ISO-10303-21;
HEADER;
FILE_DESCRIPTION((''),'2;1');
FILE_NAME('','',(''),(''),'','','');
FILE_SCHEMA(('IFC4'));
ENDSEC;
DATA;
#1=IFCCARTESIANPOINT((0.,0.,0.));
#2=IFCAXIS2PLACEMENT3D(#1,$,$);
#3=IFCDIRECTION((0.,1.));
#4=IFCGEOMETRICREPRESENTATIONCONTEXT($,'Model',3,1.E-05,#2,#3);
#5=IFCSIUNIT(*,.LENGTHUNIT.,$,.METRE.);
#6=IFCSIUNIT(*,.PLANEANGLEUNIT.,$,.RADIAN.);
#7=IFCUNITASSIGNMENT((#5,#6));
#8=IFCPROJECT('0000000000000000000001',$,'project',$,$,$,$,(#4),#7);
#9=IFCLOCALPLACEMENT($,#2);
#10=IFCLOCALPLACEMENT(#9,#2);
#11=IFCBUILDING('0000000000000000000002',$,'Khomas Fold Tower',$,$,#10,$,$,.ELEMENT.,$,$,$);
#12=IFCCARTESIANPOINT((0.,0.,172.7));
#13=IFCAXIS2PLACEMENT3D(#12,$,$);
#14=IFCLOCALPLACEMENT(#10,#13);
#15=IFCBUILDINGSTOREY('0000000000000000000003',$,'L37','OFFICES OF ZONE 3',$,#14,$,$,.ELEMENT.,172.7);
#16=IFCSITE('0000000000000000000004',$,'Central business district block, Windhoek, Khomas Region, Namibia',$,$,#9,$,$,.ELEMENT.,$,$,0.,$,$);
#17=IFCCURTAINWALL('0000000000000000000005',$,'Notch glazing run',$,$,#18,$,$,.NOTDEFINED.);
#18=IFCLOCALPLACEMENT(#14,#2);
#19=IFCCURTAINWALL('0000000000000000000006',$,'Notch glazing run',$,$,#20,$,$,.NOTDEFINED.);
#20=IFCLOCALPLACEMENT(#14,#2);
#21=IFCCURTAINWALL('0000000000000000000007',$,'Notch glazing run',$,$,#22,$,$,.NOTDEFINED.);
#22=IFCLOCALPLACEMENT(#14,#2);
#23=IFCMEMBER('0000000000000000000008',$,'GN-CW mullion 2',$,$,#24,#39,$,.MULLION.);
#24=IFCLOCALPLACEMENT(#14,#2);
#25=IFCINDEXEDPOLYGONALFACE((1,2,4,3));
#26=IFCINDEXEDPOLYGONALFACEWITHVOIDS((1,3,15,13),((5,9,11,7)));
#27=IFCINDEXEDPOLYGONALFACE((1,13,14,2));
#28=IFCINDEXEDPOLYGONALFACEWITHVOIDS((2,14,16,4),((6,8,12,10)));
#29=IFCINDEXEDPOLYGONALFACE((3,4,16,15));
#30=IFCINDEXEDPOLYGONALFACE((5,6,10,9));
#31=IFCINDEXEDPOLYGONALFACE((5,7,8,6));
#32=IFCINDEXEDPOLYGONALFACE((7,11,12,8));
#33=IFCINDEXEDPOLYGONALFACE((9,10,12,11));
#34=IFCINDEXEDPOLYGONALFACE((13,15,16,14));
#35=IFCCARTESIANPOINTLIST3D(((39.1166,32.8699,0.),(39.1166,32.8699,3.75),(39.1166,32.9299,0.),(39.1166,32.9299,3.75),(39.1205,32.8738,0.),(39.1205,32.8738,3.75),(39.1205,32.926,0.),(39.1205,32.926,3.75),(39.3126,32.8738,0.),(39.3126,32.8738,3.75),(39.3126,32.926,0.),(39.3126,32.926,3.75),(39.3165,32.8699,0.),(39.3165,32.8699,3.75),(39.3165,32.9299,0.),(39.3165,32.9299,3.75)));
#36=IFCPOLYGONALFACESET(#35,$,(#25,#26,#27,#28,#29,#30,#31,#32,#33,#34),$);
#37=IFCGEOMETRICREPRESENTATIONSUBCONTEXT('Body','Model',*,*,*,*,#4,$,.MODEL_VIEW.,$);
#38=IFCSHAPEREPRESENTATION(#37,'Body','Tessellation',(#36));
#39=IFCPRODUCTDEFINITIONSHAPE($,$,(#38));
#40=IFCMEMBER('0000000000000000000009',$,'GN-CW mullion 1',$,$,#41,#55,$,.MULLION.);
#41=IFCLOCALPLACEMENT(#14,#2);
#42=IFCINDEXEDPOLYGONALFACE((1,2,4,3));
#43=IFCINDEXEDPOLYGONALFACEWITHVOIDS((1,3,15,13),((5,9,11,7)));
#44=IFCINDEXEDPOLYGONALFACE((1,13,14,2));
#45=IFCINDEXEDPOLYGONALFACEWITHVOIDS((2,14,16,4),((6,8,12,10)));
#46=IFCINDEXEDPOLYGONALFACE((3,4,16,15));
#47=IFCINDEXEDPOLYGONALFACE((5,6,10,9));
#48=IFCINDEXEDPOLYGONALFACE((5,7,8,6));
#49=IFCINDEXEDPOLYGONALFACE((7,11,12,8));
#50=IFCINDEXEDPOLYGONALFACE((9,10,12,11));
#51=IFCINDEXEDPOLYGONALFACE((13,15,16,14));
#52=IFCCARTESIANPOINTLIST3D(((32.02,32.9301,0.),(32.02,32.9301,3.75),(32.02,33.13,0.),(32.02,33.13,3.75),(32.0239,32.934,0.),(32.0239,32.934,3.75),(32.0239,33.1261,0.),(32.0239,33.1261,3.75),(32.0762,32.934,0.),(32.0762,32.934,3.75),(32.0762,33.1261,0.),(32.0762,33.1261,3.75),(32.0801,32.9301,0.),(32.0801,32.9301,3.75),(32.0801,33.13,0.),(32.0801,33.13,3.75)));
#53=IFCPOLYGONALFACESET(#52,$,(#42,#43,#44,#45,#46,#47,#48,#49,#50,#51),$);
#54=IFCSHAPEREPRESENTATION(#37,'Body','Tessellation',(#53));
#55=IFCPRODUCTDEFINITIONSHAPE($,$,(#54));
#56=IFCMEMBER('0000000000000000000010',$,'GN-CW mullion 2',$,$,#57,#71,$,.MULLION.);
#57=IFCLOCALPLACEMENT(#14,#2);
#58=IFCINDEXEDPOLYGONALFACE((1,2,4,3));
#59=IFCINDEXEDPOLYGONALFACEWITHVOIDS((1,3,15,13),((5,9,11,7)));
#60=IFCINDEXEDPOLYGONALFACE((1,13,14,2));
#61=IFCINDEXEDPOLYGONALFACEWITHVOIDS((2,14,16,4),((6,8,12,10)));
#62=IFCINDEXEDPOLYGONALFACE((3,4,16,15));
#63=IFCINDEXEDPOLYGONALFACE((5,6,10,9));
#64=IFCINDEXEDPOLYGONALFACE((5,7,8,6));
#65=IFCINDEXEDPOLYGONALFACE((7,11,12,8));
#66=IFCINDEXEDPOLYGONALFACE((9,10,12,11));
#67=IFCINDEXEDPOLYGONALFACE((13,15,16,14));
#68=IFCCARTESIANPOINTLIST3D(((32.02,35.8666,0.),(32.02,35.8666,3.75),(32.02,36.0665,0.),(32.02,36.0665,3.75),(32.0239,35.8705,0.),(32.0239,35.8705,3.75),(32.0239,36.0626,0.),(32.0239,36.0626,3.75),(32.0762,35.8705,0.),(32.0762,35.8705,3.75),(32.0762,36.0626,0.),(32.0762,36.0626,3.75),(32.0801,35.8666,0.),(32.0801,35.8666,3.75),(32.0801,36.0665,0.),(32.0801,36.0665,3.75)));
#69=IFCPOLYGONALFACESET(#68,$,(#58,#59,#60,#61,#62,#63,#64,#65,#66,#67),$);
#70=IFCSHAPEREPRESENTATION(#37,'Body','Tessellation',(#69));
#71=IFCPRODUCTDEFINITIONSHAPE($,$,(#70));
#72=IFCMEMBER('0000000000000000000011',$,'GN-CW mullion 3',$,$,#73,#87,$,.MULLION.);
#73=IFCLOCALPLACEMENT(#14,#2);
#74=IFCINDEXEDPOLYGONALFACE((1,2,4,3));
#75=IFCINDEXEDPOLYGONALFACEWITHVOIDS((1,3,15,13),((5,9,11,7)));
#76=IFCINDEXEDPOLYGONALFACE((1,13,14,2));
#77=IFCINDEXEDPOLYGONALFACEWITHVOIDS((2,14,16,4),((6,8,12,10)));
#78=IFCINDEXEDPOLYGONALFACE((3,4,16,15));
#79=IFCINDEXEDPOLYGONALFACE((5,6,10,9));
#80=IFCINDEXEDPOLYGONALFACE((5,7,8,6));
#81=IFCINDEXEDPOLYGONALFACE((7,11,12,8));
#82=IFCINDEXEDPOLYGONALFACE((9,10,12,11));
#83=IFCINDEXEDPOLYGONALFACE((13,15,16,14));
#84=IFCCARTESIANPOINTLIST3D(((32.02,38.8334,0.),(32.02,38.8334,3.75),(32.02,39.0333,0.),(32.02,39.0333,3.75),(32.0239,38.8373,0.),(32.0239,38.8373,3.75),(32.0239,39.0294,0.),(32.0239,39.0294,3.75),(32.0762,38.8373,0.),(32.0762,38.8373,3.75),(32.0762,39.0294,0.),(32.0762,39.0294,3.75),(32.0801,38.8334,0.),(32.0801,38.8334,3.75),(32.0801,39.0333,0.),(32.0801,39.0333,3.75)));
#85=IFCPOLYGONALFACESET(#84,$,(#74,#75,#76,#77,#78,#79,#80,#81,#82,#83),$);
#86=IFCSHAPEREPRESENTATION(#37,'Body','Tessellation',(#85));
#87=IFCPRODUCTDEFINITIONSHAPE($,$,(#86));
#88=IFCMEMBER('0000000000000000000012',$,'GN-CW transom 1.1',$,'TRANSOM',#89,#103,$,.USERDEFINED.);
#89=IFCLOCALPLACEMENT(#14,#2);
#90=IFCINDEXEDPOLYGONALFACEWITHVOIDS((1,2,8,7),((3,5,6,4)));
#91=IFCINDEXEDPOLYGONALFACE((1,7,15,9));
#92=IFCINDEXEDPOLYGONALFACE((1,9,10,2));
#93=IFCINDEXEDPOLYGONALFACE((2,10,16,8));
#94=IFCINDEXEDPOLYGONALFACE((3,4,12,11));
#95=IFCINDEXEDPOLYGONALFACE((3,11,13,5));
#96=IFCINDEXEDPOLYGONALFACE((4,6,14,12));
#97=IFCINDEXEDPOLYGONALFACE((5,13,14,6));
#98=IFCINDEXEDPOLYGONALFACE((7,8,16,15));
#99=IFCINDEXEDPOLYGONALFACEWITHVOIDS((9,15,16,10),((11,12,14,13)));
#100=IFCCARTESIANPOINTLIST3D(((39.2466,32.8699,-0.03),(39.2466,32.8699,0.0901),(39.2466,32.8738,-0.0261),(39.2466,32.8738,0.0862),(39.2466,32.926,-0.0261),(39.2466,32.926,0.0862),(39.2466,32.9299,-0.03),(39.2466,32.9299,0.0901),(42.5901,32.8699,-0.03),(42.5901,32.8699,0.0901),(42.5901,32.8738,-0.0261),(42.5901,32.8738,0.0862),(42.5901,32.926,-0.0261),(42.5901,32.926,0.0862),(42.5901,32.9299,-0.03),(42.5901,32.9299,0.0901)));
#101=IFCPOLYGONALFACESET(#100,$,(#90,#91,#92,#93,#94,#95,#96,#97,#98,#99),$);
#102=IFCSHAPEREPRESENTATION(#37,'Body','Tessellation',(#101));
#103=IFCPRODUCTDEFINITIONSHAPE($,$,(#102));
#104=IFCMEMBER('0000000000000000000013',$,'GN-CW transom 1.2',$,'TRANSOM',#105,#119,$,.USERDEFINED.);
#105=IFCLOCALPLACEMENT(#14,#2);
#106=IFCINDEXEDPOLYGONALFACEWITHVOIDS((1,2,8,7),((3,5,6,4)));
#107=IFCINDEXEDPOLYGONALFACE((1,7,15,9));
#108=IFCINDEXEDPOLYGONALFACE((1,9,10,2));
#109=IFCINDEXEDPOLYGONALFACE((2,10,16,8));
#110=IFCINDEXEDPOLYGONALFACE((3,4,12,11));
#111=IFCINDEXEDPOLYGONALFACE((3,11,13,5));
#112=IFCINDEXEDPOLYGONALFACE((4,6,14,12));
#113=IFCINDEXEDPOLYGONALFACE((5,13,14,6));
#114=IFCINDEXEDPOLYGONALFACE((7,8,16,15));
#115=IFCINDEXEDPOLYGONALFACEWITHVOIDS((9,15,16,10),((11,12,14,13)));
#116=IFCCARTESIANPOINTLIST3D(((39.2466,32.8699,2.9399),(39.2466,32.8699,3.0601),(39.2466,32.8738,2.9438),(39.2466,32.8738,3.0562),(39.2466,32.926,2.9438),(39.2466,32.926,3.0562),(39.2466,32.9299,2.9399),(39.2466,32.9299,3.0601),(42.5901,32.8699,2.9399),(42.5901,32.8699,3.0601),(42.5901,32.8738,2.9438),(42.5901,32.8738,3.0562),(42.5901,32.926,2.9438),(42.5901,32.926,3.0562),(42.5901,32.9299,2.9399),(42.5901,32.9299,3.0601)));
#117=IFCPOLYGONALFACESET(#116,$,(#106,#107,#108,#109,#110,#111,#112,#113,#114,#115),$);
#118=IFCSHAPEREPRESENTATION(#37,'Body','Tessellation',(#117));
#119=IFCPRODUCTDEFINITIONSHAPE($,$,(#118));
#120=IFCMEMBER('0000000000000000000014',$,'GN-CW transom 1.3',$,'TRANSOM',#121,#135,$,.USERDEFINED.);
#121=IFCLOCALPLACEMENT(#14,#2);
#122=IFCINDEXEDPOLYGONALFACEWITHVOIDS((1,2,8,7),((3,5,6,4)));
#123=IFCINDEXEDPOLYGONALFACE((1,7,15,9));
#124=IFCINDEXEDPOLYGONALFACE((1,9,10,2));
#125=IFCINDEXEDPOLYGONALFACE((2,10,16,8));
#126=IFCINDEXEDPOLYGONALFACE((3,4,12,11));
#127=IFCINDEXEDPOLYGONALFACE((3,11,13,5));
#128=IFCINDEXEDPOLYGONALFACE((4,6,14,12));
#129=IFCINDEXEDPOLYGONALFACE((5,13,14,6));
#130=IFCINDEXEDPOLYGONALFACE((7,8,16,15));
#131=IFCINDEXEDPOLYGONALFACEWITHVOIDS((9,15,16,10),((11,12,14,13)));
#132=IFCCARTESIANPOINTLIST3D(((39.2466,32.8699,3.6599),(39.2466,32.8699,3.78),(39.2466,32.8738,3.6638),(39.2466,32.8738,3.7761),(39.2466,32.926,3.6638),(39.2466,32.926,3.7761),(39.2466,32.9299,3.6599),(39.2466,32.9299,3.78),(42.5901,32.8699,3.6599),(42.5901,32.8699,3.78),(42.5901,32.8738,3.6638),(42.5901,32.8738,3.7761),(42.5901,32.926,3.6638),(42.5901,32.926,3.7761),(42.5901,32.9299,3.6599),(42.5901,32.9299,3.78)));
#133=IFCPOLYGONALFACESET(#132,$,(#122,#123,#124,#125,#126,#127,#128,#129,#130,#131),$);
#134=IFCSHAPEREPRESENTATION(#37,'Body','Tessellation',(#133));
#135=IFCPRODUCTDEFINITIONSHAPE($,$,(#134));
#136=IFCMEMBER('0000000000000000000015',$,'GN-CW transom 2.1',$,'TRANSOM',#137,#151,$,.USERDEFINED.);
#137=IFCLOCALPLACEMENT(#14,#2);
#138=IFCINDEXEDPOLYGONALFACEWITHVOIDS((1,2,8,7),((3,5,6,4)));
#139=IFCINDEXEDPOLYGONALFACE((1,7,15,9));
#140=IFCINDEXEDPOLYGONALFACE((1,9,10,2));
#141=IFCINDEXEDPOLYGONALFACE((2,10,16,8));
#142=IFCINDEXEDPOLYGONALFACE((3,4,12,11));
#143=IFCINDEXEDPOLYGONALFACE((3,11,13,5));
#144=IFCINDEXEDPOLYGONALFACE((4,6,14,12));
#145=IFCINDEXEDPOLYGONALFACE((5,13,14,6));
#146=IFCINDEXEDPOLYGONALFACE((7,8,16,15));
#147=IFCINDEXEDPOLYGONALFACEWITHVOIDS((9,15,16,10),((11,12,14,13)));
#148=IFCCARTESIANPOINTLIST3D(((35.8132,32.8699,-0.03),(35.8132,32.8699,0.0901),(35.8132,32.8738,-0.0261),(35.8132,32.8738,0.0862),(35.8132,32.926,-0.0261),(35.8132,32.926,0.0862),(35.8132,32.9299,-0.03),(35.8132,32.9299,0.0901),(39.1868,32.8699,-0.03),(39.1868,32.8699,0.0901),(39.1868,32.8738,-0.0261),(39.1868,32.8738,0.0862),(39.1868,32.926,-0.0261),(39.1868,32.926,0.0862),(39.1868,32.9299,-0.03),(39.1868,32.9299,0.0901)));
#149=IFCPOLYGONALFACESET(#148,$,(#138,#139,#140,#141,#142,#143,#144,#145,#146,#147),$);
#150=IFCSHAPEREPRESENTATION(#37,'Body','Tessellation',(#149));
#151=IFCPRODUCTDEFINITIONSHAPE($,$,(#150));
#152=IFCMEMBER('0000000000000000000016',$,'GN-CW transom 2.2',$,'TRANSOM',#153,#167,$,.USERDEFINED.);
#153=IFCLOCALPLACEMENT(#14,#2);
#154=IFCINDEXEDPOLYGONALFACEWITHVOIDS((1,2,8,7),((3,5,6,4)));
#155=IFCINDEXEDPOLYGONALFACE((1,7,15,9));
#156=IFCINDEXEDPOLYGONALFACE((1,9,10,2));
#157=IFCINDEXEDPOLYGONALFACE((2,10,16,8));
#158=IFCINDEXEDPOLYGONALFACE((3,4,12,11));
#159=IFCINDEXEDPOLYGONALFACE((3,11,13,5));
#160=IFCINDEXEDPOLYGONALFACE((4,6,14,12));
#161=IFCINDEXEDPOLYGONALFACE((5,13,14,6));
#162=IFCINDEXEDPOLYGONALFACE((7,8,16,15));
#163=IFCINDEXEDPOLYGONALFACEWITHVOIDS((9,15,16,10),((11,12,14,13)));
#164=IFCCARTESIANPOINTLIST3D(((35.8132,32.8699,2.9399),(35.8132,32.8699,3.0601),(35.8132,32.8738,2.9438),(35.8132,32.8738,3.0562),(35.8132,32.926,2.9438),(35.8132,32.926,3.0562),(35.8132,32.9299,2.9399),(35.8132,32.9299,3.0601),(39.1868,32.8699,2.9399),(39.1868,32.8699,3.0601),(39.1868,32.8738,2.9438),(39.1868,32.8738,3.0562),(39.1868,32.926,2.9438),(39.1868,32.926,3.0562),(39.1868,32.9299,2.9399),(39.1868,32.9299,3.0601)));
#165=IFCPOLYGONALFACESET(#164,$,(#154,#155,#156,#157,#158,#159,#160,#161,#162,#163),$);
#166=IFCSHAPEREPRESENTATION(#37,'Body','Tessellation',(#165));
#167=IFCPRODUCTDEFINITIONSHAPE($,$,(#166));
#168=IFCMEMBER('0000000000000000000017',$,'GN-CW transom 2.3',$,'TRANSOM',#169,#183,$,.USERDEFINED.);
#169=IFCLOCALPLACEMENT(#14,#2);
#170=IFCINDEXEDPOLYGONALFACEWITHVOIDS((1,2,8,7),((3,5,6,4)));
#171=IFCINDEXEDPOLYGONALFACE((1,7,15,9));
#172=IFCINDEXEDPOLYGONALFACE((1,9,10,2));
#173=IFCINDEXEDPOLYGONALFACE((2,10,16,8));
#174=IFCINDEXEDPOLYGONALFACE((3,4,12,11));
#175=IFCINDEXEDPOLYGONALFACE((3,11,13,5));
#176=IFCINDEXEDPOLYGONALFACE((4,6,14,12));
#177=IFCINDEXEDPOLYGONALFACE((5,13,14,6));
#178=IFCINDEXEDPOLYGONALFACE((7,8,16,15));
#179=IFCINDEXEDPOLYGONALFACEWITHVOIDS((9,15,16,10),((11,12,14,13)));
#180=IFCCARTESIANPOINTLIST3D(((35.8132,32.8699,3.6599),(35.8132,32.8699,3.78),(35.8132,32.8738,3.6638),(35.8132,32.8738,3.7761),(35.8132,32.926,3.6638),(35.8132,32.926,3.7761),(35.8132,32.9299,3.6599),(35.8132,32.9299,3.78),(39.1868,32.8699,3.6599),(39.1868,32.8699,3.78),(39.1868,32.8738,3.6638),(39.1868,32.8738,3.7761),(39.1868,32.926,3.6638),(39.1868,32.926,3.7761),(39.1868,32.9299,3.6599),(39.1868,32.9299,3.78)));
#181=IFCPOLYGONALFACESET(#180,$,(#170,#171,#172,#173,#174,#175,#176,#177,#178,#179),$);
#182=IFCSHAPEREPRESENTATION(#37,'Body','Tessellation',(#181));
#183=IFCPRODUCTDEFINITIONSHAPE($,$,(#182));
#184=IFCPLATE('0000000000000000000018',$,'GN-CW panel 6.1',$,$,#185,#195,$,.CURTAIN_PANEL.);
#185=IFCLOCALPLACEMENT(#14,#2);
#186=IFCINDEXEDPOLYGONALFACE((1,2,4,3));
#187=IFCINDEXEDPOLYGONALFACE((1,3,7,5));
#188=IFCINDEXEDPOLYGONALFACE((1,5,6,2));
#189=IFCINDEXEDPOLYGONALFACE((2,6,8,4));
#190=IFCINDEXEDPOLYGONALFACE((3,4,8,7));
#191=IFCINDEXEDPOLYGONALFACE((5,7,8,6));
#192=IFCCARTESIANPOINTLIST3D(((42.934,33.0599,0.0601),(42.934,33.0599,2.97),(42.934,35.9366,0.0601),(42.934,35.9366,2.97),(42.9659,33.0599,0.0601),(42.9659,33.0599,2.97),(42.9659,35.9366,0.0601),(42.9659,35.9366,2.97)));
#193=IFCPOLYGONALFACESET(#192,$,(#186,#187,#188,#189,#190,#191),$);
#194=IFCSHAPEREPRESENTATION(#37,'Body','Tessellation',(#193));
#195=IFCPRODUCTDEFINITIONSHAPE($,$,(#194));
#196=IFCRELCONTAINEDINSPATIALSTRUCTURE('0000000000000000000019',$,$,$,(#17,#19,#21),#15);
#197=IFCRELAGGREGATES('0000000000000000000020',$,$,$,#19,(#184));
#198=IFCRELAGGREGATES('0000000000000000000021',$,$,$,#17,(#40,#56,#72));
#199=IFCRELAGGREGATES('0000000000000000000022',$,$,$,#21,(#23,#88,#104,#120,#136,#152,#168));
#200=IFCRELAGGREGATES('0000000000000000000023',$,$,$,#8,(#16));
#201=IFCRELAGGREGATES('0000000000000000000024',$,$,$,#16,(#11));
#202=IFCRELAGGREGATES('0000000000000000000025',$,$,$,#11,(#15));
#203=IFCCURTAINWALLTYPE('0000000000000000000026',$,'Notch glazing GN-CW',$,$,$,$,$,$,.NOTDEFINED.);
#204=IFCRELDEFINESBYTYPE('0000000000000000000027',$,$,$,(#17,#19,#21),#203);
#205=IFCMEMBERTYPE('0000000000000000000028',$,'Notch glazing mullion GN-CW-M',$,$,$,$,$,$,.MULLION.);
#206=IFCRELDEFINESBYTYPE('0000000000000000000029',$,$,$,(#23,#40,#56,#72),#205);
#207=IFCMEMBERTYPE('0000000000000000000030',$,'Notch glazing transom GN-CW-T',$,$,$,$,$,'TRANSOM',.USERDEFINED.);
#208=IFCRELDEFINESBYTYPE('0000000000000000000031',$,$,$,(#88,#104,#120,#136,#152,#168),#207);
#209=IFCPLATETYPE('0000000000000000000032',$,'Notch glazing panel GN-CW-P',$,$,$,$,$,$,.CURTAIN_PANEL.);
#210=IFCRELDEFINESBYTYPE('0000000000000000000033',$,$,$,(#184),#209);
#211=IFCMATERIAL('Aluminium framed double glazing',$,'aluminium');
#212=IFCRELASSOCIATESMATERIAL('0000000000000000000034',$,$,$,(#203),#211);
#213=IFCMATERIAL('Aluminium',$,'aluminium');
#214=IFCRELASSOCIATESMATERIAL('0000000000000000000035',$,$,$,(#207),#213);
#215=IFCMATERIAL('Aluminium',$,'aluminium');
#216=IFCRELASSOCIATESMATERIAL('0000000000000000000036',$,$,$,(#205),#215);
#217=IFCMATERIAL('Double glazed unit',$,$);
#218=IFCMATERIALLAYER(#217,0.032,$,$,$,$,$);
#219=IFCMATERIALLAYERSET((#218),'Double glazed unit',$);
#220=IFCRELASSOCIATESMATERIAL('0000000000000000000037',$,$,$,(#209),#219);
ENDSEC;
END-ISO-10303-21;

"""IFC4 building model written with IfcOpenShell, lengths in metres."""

from ifc_helpers import new_model, si_unit, direction, frame, origin, origin_2d, place, context, subcontext, project, spatial, rectangle, hollow_rectangle, extrude, source, transform, mapped, material, layer, layer_set, material_profile, profile_set, type_object, element, aggregate, save


model = new_model("IFC4")

# Units and contexts
model_context = context("Model", 3, precision=1e-05, world=origin(), true_north=direction((0.0, 1.0)))
body_context = subcontext(model_context, "Body", "Model", "MODEL_VIEW")
ifc_project = project(units=[si_unit("LENGTHUNIT", "METRE"), si_unit("PLANEANGLEUNIT", "RADIAN")], contexts=[model_context])

# Site, building, storey
site_placement = place(None, origin())
site = spatial("IfcSite", under=ifc_project, at=site_placement, Name="Central business district block, Windhoek, Khomas Region, Namibia", CompositionType="ELEMENT", RefElevation=0.0)
building_placement = place(site_placement, origin())
building = spatial("IfcBuilding", under=site, at=building_placement, Name="Khomas Fold Tower", CompositionType="ELEMENT")
storey_placement = place(building_placement, frame((0.0, 0.0, 172.7)))
storey = spatial("IfcBuildingStorey", under=building, at=storey_placement, Name="L37", Description="OFFICES OF ZONE 3", CompositionType="ELEMENT", Elevation=172.7)

# Curtain wall
ifc_material_1 = material(Name="Aluminium framed double glazing", Category="aluminium")
curtain_wall_type = type_object("IfcCurtainWallType", Name="Notch glazing GN-CW", PredefinedType="NOTDEFINED", material=ifc_material_1)
curtain_wall_1_placement = place(storey_placement, origin())
curtain_wall_1 = element("IfcCurtainWall", 1, at=curtain_wall_1_placement, inside=storey, type_object=curtain_wall_type, Name="Notch glazing run", PredefinedType="NOTDEFINED")
ifc_material_2 = material(Name="Aluminium", Category="aluminium")
ifc_material_profile_1 = material_profile(ifc_material_2, hollow_rectangle(XDim=0.0601, YDim=0.1201, WallThickness=0.0039, at=origin_2d()), Name="Notch glazing transom GN-CW-T")
ifc_profile_set_1 = profile_set([ifc_material_profile_1], Name="Aluminium")
member_type_1 = type_object("IfcMemberType", Name="Notch glazing transom GN-CW-T", ElementType="TRANSOM", PredefinedType="USERDEFINED", material=ifc_profile_set_1)

# Curtain wall
curtain_wall_2_placement = place(storey_placement, origin())
curtain_wall_2 = element("IfcCurtainWall", 2, at=curtain_wall_2_placement, inside=storey, type_object=curtain_wall_type, Name="Notch glazing run", PredefinedType="NOTDEFINED")
ifc_material_3 = material(Name="Aluminium", Category="aluminium")
ifc_material_profile_2 = material_profile(ifc_material_3, hollow_rectangle(XDim=0.0601, YDim=0.2, WallThickness=0.0039, at=origin_2d()), Name="Notch glazing mullion GN-CW-M")
ifc_profile_set_2 = profile_set([ifc_material_profile_2], Name="Aluminium")
member_type_2 = type_object("IfcMemberType", Name="Notch glazing mullion GN-CW-M", PredefinedType="MULLION", material=ifc_profile_set_2)
shared_shape_1 = source(origin(), body_context, "Body", "SweptSolid", [
    extrude(hollow_rectangle(XDim=0.0601, YDim=0.2, WallThickness=0.0039, at=origin_2d()), origin(), (0.0, 0.0, 1.0), 3.75),
])

# Curtain wall, member
curtain_wall_3_placement = place(storey_placement, origin())
curtain_wall_3 = element("IfcCurtainWall", 3, at=curtain_wall_3_placement, inside=storey, type_object=curtain_wall_type, Name="Notch glazing run", PredefinedType="NOTDEFINED")
member_1_placement = place(storey_placement, frame((39.2166, 32.8999, 0.0), z_axis=(0.0, 0.0, 1.0), x_axis=(0.0, -1.0, 0.0)))
member_1 = element("IfcMember", 4, at=member_1_placement, type_object=member_type_2, Name="GN-CW mullion 2", PredefinedType="MULLION", context=body_context, shape_type="MappedRepresentation", body=[
    mapped(shared_shape_1, transform((0.0, 0.0, 0.0))),
])

# Members
member_2_placement = place(storey_placement, frame((32.05, 33.03, 0.0), z_axis=(0.0, 0.0, 1.0), x_axis=(-1.0, 0.0, 0.0)))
member_2 = element("IfcMember", 5, at=member_2_placement, type_object=member_type_2, Name="GN-CW mullion 1", PredefinedType="MULLION", context=body_context, shape_type="MappedRepresentation", body=[
    mapped(shared_shape_1, transform((0.0, 0.0, 0.0))),
])
member_3_placement = place(storey_placement, frame((32.05, 35.9666, 0.0), z_axis=(0.0, 0.0, 1.0), x_axis=(-1.0, 0.0, 0.0)))
member_3 = element("IfcMember", 6, at=member_3_placement, type_object=member_type_2, Name="GN-CW mullion 2", PredefinedType="MULLION", context=body_context, shape_type="MappedRepresentation", body=[
    mapped(shared_shape_1, transform((0.0, 0.0, 0.0))),
])
member_4_placement = place(storey_placement, frame((32.05, 38.9333, 0.0), z_axis=(0.0, 0.0, 1.0), x_axis=(-1.0, 0.0, 0.0)))
member_4 = element("IfcMember", 7, at=member_4_placement, type_object=member_type_2, Name="GN-CW mullion 3", PredefinedType="MULLION", context=body_context, shape_type="MappedRepresentation", body=[
    mapped(shared_shape_1, transform((0.0, 0.0, 0.0))),
])
shared_shape_2 = source(origin(), body_context, "Body", "SweptSolid", [
    extrude(hollow_rectangle(XDim=0.0601, YDim=0.1201, WallThickness=0.0039, at=origin_2d()), origin(), (0.0, 0.0, 1.0), 3.3435),
])
member_5_placement = place(storey_placement, frame((42.5901, 32.8999, 0.03), z_axis=(-1.0, 0.0, 0.0), x_axis=(0.0, -1.0, 0.0)))
member_5 = element("IfcMember", 8, at=member_5_placement, type_object=member_type_1, Name="GN-CW transom 1.1", ObjectType="TRANSOM", PredefinedType="USERDEFINED", context=body_context, shape_type="MappedRepresentation", body=[
    mapped(shared_shape_2, transform((0.0, 0.0, 0.0))),
])
member_6_placement = place(storey_placement, frame((42.5901, 32.8999, 3.0), z_axis=(-1.0, 0.0, 0.0), x_axis=(0.0, -1.0, 0.0)))
member_6 = element("IfcMember", 9, at=member_6_placement, type_object=member_type_1, Name="GN-CW transom 1.2", ObjectType="TRANSOM", PredefinedType="USERDEFINED", context=body_context, shape_type="MappedRepresentation", body=[
    mapped(shared_shape_2, transform((0.0, 0.0, 0.0))),
])
member_7_placement = place(storey_placement, frame((42.5901, 32.8999, 3.72), z_axis=(-1.0, 0.0, 0.0), x_axis=(0.0, -1.0, 0.0)))
member_7 = element("IfcMember", 10, at=member_7_placement, type_object=member_type_1, Name="GN-CW transom 1.3", ObjectType="TRANSOM", PredefinedType="USERDEFINED", context=body_context, shape_type="MappedRepresentation", body=[
    mapped(shared_shape_2, transform((0.0, 0.0, 0.0))),
])
shared_shape_3 = source(origin(), body_context, "Body", "SweptSolid", [
    extrude(hollow_rectangle(XDim=0.0601, YDim=0.1201, WallThickness=0.0039, at=origin_2d()), origin(), (0.0, 0.0, 1.0), 3.3735),
])
member_8_placement = place(storey_placement, frame((39.1868, 32.8999, 0.03), z_axis=(-1.0, 0.0, 0.0), x_axis=(0.0, -1.0, 0.0)))
member_8 = element("IfcMember", 11, at=member_8_placement, type_object=member_type_1, Name="GN-CW transom 2.1", ObjectType="TRANSOM", PredefinedType="USERDEFINED", context=body_context, shape_type="MappedRepresentation", body=[
    mapped(shared_shape_3, transform((0.0, 0.0, 0.0))),
])
member_9_placement = place(storey_placement, frame((39.1868, 32.8999, 3.0), z_axis=(-1.0, 0.0, 0.0), x_axis=(0.0, -1.0, 0.0)))
member_9 = element("IfcMember", 12, at=member_9_placement, type_object=member_type_1, Name="GN-CW transom 2.2", ObjectType="TRANSOM", PredefinedType="USERDEFINED", context=body_context, shape_type="MappedRepresentation", body=[
    mapped(shared_shape_3, transform((0.0, 0.0, 0.0))),
])
member_10_placement = place(storey_placement, frame((39.1868, 32.8999, 3.72), z_axis=(-1.0, 0.0, 0.0), x_axis=(0.0, -1.0, 0.0)))
member_10 = element("IfcMember", 13, at=member_10_placement, type_object=member_type_1, Name="GN-CW transom 2.3", ObjectType="TRANSOM", PredefinedType="USERDEFINED", context=body_context, shape_type="MappedRepresentation", body=[
    mapped(shared_shape_3, transform((0.0, 0.0, 0.0))),
])

# Plate
ifc_material_4 = material(Name="Double glazed unit")
ifc_layer = layer(ifc_material_4, 0.032)
ifc_layer_set = layer_set([ifc_layer], Name="Double glazed unit")
plate_type = type_object("IfcPlateType", Name="Notch glazing panel GN-CW-P", PredefinedType="CURTAIN_PANEL", material=ifc_layer_set)
shared_shape_4 = source(origin(), body_context, "Body", "SweptSolid", [
    extrude(rectangle(XDim=2.8767, YDim=0.032, at=origin_2d()), origin(), (0.0, 0.0, 1.0), 2.9099),
])
plate_1_placement = place(storey_placement, frame((42.95, 34.4983, 0.0601), z_axis=(0.0, 0.0, 1.0), x_axis=(0.0, -1.0, 0.0)))
plate_1 = element("IfcPlate", 14, at=plate_1_placement, type_object=plate_type, Name="GN-CW panel 6.1", PredefinedType="CURTAIN_PANEL", context=body_context, shape_type="MappedRepresentation", body=[
    mapped(shared_shape_4, transform((0.0, 0.0, 0.0))),
])
aggregate(curtain_wall_2, [plate_1])
aggregate(curtain_wall_1, [member_2, member_3, member_4])
aggregate(curtain_wall_3, [member_1, member_5, member_6, member_7, member_8, member_9, member_10])

save(model, "model.ifc")
